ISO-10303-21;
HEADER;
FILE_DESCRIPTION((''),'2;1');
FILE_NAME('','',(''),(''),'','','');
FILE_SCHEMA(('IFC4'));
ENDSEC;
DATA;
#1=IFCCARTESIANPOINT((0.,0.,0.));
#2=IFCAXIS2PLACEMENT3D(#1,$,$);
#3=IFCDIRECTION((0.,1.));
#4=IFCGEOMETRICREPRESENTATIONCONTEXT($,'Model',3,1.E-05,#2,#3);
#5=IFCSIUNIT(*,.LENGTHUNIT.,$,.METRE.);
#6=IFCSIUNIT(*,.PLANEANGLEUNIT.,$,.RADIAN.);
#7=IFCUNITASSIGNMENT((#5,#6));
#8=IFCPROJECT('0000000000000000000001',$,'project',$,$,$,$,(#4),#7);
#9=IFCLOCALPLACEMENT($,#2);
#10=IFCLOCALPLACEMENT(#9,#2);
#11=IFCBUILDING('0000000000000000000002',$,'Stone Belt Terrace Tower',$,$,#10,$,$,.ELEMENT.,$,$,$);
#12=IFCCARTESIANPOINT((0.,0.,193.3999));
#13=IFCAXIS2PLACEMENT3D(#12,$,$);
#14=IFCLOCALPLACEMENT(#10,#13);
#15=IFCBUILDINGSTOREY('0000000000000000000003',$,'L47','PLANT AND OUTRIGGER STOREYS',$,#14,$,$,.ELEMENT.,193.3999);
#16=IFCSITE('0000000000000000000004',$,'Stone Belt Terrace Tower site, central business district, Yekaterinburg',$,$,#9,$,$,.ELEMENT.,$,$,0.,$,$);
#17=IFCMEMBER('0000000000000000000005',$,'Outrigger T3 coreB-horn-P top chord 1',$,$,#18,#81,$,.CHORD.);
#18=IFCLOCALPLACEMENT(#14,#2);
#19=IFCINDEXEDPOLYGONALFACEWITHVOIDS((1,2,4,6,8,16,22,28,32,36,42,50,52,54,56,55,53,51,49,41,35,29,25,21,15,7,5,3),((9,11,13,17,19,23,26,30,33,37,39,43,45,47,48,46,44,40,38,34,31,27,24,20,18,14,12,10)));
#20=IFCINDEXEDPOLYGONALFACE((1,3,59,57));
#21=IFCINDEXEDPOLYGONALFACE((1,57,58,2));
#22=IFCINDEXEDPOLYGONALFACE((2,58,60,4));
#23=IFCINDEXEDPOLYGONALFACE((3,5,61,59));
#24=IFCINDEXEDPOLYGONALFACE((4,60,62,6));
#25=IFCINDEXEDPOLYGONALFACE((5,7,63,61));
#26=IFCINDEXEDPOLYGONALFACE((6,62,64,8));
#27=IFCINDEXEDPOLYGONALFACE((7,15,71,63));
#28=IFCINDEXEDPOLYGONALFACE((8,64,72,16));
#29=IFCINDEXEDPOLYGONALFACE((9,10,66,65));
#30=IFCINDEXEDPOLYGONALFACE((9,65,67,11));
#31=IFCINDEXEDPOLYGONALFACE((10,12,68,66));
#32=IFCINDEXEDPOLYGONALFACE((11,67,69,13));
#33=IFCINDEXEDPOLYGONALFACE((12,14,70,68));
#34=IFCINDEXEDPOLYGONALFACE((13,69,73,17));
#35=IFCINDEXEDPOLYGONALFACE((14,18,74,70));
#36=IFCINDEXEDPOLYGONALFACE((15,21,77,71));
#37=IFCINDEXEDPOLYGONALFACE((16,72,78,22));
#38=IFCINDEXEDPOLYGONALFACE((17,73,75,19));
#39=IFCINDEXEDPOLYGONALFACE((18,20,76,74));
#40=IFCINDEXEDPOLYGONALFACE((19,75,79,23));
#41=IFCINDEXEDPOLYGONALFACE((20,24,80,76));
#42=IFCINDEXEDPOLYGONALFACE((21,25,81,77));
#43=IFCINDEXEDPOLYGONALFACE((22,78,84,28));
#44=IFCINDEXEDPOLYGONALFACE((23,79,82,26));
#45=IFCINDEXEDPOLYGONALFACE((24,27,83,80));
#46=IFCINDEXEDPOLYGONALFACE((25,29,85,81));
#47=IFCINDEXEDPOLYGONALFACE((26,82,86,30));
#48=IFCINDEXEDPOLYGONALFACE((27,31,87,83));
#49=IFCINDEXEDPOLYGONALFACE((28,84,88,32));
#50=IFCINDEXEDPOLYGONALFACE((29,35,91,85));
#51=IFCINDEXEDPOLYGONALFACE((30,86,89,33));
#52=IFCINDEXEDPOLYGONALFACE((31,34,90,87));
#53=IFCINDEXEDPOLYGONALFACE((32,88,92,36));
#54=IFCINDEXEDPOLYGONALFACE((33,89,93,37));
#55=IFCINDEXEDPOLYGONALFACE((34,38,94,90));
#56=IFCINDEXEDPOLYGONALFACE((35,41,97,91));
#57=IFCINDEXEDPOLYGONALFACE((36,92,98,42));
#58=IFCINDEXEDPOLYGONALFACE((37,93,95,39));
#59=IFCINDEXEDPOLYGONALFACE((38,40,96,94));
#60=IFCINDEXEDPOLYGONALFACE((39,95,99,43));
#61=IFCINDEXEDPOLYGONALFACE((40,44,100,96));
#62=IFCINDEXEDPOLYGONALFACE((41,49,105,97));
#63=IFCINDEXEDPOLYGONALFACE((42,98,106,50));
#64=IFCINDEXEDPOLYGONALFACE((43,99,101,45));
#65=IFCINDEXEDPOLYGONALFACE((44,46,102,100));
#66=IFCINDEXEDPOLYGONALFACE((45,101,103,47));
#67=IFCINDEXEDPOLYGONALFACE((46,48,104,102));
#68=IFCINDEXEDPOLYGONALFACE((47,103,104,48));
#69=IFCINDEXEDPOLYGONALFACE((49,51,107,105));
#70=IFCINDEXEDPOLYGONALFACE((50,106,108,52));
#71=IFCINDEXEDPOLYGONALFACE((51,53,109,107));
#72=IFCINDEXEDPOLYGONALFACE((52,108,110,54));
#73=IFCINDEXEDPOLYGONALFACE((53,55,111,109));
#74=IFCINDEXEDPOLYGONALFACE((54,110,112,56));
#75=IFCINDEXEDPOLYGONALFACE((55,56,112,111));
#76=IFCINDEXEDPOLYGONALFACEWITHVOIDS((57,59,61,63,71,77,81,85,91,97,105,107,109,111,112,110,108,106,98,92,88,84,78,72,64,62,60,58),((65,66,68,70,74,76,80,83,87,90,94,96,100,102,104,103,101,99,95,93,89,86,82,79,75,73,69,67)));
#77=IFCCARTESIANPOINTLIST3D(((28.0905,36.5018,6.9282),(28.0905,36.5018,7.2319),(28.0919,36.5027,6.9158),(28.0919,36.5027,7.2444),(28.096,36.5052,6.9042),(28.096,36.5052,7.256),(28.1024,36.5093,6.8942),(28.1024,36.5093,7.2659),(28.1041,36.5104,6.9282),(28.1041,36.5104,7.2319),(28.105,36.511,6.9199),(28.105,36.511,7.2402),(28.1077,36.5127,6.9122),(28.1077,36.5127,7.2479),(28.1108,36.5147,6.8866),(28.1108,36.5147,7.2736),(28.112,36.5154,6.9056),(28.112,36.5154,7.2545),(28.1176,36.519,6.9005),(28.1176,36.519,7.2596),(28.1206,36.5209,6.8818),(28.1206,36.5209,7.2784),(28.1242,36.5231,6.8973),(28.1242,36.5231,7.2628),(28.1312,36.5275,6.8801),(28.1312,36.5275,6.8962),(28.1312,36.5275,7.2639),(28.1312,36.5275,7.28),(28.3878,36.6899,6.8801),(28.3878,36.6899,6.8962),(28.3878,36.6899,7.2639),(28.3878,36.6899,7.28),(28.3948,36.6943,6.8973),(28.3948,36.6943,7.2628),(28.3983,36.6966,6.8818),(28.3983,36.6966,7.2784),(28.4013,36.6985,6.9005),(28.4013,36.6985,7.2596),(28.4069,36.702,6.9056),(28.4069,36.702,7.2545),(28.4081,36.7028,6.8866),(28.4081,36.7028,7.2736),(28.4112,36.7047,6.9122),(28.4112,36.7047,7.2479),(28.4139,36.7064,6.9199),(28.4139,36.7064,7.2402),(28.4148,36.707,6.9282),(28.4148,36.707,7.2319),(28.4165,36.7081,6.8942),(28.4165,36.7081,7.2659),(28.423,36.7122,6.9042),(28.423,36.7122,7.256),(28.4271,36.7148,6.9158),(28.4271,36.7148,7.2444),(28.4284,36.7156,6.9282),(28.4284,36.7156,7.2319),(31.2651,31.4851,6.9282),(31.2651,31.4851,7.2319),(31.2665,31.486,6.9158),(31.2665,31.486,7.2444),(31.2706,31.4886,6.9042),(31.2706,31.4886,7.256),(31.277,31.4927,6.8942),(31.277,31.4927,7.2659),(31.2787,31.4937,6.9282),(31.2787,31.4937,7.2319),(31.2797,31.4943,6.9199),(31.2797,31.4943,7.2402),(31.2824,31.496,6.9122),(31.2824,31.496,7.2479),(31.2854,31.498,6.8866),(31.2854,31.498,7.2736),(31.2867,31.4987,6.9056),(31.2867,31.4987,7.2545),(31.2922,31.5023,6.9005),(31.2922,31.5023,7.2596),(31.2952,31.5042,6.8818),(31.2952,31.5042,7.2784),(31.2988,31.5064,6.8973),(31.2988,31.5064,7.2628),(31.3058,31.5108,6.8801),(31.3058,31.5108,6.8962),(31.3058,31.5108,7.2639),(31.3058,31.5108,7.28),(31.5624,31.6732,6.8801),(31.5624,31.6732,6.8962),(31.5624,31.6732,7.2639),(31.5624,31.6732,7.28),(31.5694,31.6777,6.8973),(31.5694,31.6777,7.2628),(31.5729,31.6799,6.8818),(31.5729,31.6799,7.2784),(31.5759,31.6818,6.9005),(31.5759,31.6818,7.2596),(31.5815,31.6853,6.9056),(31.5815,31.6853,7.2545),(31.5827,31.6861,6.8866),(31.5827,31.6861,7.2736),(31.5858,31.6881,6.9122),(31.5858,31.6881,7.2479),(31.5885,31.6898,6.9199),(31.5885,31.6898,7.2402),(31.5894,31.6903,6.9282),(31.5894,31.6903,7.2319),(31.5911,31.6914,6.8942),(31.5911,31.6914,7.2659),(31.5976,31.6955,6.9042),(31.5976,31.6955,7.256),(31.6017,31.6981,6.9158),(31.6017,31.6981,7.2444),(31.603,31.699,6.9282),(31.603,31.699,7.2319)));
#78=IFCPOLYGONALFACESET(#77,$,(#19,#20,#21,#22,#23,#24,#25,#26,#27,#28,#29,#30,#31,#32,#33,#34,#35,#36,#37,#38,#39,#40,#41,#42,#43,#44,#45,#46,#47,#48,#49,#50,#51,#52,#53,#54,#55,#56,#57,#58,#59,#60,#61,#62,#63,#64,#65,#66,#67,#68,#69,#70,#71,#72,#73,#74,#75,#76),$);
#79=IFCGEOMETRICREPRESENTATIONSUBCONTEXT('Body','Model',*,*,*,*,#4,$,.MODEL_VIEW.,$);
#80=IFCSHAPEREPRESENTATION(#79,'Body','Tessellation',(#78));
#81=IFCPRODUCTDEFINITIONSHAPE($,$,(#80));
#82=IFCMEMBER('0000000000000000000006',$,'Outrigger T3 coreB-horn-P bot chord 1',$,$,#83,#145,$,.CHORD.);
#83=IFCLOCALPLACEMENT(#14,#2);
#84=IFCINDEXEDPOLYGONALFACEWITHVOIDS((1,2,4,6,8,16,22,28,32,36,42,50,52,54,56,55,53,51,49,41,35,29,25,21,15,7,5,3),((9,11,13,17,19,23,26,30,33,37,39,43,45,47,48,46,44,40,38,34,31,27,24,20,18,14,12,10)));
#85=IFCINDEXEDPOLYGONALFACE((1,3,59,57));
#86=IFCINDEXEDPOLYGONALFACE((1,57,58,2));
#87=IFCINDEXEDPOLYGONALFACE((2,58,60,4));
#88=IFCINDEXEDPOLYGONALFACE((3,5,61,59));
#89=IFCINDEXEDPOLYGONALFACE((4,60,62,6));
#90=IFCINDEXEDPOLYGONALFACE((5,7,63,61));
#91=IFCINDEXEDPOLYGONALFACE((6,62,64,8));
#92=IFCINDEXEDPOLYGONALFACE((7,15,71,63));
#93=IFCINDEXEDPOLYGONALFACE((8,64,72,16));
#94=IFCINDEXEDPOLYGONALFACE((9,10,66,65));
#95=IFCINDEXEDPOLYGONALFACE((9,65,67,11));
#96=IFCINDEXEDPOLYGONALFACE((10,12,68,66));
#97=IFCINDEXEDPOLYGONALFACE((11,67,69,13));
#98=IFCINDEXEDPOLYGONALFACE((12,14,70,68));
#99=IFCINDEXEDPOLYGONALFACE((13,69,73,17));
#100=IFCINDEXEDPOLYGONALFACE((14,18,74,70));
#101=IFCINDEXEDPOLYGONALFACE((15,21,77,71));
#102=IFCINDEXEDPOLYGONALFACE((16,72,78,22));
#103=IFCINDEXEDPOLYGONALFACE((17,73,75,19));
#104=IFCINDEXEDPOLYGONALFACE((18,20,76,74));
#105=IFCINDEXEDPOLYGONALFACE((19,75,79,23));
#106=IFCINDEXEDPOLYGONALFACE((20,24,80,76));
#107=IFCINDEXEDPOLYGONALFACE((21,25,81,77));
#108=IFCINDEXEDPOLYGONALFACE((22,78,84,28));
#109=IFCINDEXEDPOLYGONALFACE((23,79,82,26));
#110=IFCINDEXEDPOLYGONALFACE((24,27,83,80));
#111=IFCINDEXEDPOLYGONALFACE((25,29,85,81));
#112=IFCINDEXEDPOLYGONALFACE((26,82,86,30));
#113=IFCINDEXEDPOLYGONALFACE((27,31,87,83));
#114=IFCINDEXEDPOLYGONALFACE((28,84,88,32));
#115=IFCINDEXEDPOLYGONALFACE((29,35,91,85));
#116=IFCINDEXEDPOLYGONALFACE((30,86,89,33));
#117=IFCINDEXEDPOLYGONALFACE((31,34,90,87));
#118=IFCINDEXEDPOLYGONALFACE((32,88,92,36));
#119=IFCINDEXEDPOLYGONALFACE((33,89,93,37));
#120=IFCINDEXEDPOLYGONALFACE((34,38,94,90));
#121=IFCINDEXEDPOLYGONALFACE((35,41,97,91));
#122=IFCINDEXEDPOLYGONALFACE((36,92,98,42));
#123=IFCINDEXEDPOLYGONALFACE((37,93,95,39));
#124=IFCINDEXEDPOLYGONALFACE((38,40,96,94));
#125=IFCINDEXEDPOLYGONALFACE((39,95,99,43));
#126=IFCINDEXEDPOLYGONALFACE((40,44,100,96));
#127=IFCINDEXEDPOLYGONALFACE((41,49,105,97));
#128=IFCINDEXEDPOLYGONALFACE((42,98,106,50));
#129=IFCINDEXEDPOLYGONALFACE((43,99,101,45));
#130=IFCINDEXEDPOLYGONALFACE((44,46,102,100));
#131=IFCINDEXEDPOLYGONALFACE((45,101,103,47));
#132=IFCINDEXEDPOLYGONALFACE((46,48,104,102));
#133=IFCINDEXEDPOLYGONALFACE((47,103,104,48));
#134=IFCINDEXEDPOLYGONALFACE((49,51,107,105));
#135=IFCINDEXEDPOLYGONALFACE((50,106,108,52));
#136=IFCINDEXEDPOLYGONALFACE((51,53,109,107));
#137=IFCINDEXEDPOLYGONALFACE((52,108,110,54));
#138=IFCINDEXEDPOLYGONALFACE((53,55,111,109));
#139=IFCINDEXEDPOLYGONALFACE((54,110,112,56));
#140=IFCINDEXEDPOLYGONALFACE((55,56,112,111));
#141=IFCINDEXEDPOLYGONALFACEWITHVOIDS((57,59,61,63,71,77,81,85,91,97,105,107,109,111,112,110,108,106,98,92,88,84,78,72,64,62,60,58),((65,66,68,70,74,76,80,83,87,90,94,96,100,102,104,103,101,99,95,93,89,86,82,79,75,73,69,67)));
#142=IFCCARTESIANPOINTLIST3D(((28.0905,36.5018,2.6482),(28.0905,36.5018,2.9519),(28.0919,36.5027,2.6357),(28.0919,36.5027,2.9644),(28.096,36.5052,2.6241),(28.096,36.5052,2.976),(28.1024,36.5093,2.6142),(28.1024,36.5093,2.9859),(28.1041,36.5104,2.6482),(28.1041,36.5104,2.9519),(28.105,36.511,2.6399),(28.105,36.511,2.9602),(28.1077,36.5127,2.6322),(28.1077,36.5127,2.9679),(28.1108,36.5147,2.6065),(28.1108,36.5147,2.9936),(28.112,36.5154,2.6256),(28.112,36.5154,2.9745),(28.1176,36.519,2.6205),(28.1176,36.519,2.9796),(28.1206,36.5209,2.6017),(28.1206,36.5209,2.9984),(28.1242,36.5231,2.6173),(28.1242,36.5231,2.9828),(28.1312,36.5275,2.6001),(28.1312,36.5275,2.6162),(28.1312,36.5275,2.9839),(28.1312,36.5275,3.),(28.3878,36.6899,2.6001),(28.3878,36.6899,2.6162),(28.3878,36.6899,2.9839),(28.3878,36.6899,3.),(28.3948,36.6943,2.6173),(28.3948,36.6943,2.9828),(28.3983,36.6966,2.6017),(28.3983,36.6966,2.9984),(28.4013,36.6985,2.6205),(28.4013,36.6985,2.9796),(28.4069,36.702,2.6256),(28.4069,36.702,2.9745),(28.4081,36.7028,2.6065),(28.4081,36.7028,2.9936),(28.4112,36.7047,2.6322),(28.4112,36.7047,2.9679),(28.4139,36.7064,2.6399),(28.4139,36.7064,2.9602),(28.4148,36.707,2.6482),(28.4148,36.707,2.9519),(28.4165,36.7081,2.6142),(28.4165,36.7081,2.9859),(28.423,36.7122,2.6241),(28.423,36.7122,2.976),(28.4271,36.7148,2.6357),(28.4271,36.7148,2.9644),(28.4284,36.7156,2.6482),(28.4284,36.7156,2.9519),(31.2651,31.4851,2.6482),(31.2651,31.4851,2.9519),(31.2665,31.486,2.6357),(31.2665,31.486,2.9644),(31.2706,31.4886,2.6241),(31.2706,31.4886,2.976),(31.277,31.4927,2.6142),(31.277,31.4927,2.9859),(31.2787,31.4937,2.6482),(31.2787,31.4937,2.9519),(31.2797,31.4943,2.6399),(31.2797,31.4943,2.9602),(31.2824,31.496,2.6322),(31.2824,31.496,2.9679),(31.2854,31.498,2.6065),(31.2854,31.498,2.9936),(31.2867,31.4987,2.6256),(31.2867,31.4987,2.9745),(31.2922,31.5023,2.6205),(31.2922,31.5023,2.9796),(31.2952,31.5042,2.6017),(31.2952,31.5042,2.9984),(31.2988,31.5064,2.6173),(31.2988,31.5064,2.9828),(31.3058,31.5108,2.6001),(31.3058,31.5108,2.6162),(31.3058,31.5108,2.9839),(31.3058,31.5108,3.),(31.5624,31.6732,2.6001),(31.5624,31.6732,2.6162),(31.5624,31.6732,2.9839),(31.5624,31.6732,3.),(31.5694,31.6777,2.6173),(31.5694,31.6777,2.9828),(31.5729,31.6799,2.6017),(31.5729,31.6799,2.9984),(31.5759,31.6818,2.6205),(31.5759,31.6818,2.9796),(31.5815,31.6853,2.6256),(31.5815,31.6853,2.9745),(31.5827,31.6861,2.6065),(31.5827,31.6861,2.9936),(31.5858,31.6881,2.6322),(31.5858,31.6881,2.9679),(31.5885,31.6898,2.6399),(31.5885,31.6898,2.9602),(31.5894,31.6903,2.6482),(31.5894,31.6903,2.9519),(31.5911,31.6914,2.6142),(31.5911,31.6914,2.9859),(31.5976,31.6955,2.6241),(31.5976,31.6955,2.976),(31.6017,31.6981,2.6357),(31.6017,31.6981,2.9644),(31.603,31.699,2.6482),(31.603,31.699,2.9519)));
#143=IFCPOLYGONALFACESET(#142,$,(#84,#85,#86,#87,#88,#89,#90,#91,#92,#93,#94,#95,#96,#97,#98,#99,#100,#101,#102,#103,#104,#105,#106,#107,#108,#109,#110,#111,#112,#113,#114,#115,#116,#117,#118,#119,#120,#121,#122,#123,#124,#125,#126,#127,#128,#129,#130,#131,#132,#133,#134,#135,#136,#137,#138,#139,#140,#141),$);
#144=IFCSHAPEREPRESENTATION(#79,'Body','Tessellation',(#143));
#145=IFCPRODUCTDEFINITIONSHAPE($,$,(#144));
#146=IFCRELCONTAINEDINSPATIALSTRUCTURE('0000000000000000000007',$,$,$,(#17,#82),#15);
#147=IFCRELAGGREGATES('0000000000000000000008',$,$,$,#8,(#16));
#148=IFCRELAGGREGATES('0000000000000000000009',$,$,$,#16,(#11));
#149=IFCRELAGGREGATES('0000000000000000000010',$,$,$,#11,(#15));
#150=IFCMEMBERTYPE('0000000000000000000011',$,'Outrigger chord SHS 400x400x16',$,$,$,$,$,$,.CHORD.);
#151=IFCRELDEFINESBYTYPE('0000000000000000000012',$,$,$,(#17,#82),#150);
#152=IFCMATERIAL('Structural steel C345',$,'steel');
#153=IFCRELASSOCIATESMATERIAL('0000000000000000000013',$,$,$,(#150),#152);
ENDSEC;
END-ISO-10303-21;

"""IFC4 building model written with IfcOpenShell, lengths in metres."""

from ifc_helpers import new_model, si_unit, direction, frame, origin, origin_2d, place, context, subcontext, project, spatial, hollow_rectangle, extrude, material, material_profile, profile_set, type_object, element, save


model = new_model("IFC4")

# Units and contexts
model_context = context("Model", 3, precision=1e-05, world=origin(), true_north=direction((0.0, 1.0)))
body_context = subcontext(model_context, "Body", "Model", "MODEL_VIEW")
ifc_project = project(units=[si_unit("LENGTHUNIT", "METRE"), si_unit("PLANEANGLEUNIT", "RADIAN")], contexts=[model_context])

# Site, building, storey
site_placement = place(None, origin())
site = spatial("IfcSite", under=ifc_project, at=site_placement, Name="Stone Belt Terrace Tower site, central business district, Yekaterinburg", CompositionType="ELEMENT", RefElevation=0.0)
building_placement = place(site_placement, origin())
building = spatial("IfcBuilding", under=site, at=building_placement, Name="Stone Belt Terrace Tower", CompositionType="ELEMENT")
storey_placement = place(building_placement, frame((0.0, 0.0, 193.3999)))
storey = spatial("IfcBuildingStorey", under=building, at=storey_placement, Name="L47", Description="PLANT AND OUTRIGGER STOREYS", CompositionType="ELEMENT", Elevation=193.3999)

# Members
ifc_material_1 = material(Name="Structural steel C345", Category="steel")
ifc_material_profile_1 = material_profile(ifc_material_1, hollow_rectangle(XDim=0.3999, YDim=0.3999, WallThickness=0.0161, InnerFilletRadius=0.032, OuterFilletRadius=0.0481, at=origin_2d()), Name="SHS 400x400x16")
ifc_profile_set_1 = profile_set([ifc_material_profile_1], Name="Structural steel C345")
member_type_1 = type_object("IfcMemberType", Name="Outrigger chord SHS 400x400x16", PredefinedType="CHORD", material=ifc_profile_set_1)
for number, where, z_axis, x_axis, name in (
    (1, (31.4341, 31.592, 7.0801), (-0.534737, 0.845019, 0.0), (-0.845019, -0.534737, 0.0), "Outrigger T3 coreB-horn-P top chord 1"),
    (2, (31.4341, 31.592, 2.8), (-0.534737, 0.845019, 0.0), (-0.845019, -0.534737, 0.0), "Outrigger T3 coreB-horn-P bot chord 1"),
):
    element("IfcMember", number, at=place(storey_placement, frame(where, z_axis=z_axis, x_axis=x_axis)), inside=storey, type_object=member_type_1, Name=name, PredefinedType="CHORD", context=body_context, shape_type="SweptSolid", body=[
        extrude(hollow_rectangle(XDim=0.3999, YDim=0.3999, WallThickness=0.0161, InnerFilletRadius=0.032, OuterFilletRadius=0.0481, at=origin_2d()), origin(), (0.0, 0.0, 1.0), 5.9368),
    ])

save(model, "model.ifc")
